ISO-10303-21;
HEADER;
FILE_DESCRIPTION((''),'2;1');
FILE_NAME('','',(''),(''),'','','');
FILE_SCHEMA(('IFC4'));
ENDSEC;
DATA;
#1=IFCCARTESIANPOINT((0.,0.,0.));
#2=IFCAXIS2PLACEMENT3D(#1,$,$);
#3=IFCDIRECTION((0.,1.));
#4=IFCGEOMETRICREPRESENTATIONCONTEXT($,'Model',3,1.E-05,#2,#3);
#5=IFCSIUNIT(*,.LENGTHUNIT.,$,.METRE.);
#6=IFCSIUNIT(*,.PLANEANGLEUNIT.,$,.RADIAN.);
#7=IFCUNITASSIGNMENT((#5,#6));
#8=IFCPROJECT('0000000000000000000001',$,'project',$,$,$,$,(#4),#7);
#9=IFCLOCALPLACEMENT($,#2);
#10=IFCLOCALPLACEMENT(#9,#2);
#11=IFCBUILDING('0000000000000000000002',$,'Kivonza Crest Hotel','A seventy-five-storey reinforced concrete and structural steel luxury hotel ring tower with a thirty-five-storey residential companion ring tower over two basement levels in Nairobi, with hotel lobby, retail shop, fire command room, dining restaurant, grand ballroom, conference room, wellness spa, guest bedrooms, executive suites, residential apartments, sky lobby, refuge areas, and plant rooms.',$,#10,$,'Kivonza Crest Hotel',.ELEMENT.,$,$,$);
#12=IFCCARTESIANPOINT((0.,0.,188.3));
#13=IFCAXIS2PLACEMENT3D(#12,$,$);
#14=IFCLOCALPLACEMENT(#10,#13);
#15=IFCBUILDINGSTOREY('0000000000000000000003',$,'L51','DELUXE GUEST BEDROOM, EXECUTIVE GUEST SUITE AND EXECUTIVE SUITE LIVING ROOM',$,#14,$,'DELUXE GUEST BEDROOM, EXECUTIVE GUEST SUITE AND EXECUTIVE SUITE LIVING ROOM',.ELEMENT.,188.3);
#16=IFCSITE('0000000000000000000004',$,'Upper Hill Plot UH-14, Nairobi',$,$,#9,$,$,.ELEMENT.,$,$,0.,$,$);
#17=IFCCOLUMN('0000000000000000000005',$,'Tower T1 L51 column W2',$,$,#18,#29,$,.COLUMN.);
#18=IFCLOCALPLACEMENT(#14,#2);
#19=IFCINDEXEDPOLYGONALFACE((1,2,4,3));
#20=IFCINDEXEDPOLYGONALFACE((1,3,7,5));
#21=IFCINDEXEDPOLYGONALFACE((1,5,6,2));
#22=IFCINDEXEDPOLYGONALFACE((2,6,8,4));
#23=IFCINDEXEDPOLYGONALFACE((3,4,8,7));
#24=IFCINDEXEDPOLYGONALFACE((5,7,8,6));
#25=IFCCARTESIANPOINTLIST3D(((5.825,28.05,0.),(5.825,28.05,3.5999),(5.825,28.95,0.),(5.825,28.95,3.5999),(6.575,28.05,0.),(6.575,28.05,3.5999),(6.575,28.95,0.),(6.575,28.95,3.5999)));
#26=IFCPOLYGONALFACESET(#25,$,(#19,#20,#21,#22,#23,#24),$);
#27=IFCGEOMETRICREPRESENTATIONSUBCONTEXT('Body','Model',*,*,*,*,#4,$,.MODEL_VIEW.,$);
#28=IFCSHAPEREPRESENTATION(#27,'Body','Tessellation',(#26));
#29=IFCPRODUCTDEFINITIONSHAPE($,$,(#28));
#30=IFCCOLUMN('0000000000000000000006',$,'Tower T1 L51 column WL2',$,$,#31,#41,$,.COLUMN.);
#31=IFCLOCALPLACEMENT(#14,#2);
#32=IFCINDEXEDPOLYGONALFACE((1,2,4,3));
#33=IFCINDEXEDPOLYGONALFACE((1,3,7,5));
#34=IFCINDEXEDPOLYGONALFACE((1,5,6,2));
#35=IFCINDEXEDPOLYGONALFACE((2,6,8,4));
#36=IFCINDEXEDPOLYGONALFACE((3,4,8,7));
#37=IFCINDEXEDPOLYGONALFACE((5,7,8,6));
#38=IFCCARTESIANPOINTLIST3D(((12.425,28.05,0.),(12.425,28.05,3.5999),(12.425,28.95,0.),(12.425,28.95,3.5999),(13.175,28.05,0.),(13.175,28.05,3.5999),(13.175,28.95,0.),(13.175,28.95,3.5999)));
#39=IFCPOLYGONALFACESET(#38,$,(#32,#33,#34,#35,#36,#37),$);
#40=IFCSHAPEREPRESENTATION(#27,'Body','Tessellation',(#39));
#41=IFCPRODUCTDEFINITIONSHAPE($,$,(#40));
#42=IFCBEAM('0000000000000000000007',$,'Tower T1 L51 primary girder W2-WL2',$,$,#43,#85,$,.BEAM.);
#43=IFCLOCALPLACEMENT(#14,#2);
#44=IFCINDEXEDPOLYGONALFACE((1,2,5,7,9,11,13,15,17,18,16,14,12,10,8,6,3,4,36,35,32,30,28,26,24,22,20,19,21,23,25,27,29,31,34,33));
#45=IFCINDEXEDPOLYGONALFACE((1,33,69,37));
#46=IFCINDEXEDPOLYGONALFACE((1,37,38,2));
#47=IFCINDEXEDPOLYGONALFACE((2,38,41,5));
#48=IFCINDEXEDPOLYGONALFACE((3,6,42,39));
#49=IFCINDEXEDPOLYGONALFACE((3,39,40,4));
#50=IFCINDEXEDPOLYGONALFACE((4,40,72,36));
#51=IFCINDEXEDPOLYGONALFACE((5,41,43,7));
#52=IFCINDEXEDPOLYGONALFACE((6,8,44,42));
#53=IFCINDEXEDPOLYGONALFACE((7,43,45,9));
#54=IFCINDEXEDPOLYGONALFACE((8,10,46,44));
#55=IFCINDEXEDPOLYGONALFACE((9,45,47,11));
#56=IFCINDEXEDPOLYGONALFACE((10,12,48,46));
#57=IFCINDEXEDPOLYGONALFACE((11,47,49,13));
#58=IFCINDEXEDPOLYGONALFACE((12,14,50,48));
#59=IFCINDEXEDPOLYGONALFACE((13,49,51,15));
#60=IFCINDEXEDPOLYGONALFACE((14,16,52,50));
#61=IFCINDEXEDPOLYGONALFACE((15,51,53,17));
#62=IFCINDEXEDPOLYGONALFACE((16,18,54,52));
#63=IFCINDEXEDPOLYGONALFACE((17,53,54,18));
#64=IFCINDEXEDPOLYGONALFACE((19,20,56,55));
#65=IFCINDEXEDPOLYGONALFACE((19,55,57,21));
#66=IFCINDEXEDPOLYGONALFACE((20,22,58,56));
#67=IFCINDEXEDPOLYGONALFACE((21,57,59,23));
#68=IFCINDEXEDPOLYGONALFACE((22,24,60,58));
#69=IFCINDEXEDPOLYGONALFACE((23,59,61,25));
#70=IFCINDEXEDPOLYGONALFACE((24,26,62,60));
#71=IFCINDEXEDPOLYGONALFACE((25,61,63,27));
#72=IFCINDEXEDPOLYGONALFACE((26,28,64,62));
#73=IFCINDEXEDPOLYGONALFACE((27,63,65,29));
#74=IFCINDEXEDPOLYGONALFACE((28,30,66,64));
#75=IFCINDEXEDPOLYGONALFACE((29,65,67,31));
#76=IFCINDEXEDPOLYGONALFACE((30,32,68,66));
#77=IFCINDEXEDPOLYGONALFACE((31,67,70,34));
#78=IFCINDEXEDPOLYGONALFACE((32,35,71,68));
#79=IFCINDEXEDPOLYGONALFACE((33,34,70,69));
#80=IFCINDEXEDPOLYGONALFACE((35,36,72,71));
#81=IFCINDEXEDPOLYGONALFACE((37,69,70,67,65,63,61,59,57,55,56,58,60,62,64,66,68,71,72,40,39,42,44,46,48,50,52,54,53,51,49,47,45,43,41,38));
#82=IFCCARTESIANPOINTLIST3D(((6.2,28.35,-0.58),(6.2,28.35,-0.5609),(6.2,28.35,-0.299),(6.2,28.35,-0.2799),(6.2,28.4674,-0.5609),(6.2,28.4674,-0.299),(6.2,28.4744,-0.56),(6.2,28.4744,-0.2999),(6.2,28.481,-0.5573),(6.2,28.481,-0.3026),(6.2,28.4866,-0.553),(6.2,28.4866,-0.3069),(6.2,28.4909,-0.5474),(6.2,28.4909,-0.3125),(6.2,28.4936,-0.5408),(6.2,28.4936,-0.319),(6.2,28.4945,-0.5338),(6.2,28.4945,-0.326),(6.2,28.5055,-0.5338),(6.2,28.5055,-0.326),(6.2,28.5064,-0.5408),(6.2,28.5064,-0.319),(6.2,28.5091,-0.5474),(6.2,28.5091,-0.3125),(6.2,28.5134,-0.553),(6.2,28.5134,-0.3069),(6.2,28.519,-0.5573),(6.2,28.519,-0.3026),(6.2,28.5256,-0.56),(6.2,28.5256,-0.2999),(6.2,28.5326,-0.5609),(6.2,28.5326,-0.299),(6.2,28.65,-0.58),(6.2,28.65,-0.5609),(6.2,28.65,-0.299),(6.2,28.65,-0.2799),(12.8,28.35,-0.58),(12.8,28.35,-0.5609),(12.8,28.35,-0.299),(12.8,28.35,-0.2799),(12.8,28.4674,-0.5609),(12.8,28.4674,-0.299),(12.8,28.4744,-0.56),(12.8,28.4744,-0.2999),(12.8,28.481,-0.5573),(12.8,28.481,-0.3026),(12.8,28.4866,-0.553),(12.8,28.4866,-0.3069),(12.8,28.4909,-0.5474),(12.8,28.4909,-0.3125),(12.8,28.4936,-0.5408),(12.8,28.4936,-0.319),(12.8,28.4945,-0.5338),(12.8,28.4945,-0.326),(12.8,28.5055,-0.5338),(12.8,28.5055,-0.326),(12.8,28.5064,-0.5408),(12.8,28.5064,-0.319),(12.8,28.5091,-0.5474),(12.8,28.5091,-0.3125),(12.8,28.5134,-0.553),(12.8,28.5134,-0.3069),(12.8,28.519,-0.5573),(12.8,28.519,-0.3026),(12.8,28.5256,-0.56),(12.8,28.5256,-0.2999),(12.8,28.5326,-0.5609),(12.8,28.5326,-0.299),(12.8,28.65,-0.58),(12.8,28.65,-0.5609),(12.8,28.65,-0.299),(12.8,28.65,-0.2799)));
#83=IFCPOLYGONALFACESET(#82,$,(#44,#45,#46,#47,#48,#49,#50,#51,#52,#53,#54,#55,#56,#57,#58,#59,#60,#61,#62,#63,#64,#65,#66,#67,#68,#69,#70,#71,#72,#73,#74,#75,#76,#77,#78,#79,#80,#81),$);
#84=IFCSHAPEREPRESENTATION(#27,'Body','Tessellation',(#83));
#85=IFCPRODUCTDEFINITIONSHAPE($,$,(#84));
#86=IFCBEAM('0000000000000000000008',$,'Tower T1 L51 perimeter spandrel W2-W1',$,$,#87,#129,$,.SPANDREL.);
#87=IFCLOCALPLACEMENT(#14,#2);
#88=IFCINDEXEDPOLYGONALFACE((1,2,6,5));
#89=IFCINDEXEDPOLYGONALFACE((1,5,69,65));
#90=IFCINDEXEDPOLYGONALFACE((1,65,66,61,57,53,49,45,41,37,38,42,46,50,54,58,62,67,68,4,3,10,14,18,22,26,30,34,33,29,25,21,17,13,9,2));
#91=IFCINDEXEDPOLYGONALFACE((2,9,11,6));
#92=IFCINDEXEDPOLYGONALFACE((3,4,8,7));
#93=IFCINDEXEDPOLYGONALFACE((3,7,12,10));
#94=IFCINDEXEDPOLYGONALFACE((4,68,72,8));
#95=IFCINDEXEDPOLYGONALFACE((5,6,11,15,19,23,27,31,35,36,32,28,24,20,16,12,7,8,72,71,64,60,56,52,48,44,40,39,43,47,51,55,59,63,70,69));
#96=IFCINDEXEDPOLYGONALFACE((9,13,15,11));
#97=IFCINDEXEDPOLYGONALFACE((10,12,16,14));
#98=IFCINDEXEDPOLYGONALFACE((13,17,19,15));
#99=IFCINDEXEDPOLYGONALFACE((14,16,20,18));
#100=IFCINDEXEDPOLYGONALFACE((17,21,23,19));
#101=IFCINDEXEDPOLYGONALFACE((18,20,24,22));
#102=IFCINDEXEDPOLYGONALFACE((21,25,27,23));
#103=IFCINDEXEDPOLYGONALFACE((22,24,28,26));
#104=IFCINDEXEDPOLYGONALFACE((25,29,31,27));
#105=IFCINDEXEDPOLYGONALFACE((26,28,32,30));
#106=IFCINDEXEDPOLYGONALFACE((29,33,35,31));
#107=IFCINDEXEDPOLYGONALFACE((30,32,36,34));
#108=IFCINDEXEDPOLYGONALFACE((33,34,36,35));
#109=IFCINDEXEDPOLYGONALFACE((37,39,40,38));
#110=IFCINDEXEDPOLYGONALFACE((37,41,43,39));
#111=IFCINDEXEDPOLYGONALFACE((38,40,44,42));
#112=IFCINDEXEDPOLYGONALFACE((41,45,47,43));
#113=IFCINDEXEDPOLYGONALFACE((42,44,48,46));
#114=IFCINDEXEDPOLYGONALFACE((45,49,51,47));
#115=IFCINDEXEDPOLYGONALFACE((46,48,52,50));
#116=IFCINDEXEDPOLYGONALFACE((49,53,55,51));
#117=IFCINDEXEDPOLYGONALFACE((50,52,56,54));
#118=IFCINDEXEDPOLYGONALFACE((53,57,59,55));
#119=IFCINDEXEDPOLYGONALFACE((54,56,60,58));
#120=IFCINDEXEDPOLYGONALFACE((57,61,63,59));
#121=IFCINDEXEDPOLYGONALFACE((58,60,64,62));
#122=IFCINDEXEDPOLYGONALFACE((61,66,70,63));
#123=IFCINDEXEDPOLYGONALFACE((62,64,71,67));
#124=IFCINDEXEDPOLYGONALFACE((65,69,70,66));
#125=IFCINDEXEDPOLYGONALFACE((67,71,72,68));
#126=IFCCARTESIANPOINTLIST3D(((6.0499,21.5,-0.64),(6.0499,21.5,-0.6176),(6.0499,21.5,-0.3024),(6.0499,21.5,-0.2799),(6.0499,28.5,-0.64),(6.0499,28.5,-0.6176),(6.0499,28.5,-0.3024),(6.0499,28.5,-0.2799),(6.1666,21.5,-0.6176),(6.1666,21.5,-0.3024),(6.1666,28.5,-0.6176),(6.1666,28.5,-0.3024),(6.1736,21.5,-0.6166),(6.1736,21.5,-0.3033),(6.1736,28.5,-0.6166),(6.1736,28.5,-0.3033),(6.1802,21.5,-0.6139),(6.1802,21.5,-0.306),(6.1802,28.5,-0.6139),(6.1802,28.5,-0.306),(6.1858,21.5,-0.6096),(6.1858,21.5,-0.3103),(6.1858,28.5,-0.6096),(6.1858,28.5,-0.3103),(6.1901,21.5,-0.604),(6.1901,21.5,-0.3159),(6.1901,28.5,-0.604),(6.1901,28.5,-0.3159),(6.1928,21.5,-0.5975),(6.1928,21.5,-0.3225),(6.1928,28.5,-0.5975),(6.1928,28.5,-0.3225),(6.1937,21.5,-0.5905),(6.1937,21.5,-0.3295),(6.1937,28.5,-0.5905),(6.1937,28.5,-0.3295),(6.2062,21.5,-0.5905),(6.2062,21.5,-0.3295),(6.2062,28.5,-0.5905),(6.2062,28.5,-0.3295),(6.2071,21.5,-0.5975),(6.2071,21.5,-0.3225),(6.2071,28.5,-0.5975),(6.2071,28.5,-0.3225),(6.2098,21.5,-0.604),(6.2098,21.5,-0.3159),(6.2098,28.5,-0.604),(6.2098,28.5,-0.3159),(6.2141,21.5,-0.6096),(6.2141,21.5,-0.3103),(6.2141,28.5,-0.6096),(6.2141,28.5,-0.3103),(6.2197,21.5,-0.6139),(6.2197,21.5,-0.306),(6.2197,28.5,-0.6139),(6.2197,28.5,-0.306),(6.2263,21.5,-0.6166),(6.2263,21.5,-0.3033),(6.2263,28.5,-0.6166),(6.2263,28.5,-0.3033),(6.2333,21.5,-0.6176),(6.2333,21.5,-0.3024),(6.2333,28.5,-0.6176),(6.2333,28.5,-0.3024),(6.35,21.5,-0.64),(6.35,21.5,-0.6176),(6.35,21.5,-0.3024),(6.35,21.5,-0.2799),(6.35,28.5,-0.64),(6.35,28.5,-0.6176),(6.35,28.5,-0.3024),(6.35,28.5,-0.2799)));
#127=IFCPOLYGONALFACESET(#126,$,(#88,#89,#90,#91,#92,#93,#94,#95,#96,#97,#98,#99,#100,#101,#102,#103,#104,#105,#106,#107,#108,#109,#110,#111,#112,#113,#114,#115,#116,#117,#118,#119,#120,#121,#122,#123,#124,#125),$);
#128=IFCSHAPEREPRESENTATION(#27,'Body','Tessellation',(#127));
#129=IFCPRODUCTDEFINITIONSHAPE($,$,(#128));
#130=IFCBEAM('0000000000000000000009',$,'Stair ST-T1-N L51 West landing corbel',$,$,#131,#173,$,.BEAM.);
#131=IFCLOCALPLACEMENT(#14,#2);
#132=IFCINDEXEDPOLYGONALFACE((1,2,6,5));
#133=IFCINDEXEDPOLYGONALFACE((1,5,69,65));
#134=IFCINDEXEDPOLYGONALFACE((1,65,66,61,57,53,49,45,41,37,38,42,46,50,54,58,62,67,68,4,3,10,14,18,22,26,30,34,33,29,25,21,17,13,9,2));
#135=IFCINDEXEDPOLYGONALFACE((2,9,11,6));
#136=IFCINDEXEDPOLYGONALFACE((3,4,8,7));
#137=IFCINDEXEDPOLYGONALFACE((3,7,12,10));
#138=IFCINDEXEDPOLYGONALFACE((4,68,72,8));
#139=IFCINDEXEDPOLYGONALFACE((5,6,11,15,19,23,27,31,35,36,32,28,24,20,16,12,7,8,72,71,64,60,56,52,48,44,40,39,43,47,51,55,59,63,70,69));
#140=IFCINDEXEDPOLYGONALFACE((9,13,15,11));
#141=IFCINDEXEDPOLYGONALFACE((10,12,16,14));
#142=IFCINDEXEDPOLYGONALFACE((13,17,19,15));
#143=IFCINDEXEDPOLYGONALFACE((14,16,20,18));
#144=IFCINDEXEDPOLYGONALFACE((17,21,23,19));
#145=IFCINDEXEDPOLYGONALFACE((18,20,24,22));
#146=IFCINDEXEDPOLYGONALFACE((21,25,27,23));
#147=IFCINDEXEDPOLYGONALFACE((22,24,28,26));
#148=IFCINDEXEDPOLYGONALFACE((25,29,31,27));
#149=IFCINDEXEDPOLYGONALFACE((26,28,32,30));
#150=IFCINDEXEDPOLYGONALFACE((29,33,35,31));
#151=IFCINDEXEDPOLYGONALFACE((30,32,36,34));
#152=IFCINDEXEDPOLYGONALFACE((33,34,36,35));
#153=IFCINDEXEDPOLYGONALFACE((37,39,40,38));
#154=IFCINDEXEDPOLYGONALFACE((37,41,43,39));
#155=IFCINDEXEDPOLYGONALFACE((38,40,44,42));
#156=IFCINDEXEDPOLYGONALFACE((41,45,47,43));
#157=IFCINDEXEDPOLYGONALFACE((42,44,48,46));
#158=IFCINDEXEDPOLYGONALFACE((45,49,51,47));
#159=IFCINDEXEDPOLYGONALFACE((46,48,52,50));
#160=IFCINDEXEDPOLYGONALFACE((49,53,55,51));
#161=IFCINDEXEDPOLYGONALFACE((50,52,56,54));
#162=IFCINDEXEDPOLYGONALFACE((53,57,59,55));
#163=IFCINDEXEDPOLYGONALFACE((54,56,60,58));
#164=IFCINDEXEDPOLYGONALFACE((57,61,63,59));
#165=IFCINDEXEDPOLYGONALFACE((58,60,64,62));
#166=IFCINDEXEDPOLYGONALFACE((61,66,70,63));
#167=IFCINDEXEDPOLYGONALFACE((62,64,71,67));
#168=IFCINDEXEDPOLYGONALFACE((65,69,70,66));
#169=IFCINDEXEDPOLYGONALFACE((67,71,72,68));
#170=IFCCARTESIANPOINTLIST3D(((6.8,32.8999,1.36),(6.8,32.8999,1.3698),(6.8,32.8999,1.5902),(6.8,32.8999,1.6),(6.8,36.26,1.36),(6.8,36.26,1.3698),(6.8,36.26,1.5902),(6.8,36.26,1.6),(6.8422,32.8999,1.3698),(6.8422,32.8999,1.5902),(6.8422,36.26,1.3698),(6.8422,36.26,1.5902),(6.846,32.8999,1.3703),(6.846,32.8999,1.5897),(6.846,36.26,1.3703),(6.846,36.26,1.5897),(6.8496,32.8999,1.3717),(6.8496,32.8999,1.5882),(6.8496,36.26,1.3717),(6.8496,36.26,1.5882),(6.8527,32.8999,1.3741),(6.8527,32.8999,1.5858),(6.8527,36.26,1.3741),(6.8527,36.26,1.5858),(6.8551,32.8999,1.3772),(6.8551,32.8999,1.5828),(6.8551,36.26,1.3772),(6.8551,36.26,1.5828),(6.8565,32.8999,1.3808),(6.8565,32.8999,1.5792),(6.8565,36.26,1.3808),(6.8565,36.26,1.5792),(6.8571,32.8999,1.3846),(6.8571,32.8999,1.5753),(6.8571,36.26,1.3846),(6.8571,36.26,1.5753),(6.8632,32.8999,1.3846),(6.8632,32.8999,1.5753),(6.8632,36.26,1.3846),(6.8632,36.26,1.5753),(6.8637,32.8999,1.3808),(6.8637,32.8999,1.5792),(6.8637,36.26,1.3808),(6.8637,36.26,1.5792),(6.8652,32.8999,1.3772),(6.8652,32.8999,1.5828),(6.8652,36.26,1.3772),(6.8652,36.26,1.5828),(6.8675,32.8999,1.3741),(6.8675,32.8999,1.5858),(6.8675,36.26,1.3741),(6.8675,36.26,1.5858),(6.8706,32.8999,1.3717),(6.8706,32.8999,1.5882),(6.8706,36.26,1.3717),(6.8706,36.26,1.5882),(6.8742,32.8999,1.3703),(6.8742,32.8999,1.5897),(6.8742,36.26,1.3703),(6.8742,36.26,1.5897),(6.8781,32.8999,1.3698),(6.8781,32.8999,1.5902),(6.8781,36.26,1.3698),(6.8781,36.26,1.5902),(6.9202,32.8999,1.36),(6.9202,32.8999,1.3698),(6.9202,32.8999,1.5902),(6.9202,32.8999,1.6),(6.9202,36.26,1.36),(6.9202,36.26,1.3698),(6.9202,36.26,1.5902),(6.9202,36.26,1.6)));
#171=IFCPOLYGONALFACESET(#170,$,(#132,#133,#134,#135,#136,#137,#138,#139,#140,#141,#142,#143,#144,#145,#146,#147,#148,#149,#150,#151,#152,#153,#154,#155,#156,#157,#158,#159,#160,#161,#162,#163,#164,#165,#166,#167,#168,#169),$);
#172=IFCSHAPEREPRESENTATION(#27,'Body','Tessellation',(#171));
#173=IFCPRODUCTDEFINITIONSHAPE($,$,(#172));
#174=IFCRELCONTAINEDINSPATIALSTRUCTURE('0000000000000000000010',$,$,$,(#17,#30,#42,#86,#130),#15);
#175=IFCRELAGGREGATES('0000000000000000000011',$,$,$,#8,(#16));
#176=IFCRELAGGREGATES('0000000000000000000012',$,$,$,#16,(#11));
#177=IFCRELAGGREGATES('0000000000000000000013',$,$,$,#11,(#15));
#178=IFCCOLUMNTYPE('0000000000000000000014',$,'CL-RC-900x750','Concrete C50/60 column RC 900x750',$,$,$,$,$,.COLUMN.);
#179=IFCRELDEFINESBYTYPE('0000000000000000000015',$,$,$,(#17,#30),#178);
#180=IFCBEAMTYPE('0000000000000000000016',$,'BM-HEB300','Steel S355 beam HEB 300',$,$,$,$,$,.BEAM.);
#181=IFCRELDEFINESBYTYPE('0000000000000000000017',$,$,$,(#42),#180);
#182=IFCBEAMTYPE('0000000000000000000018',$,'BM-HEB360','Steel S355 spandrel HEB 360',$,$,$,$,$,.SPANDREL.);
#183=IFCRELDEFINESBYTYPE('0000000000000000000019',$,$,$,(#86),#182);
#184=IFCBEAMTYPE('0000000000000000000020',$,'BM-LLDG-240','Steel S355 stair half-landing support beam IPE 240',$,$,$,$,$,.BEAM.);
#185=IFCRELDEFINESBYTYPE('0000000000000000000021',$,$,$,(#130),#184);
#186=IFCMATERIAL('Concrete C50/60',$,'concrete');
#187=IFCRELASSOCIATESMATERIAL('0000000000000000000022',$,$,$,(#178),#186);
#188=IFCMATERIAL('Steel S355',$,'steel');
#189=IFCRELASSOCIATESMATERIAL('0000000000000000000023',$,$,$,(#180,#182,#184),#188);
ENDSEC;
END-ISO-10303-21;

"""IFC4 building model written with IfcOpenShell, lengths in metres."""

from ifc_helpers import new_model, si_unit, direction, frame, origin, origin_2d, place, context, subcontext, project, spatial, rectangle, i_section, extrude, material, material_profile, profile_set, type_object, element, save


model = new_model("IFC4")

# Units and contexts
model_context = context("Model", 3, precision=1e-05, world=origin(), true_north=direction((0.0, 1.0)))
body_context = subcontext(model_context, "Body", "Model", "MODEL_VIEW")
ifc_project = project(units=[si_unit("LENGTHUNIT", "METRE"), si_unit("PLANEANGLEUNIT", "RADIAN")], contexts=[model_context])

# Site, building, storey
site_placement = place(None, origin())
site = spatial("IfcSite", under=ifc_project, at=site_placement, Name="Upper Hill Plot UH-14, Nairobi", CompositionType="ELEMENT", RefElevation=0.0)
building_placement = place(site_placement, origin())
building = spatial("IfcBuilding", under=site, at=building_placement, Name="Kivonza Crest Hotel", Description="A seventy-five-storey reinforced concrete and structural steel luxury hotel ring tower with a thirty-five-storey residential companion ring tower over two basement levels in Nairobi, with hotel lobby, retail shop, fire command room, dining restaurant, grand ballroom, conference room, wellness spa, guest bedrooms, executive suites, residential apartments, sky lobby, refuge areas, and plant rooms.", LongName="Kivonza Crest Hotel", CompositionType="ELEMENT")
storey_placement = place(building_placement, frame((0.0, 0.0, 188.3)))
storey = spatial("IfcBuildingStorey", under=building, at=storey_placement, Name="L51", Description="DELUXE GUEST BEDROOM, EXECUTIVE GUEST SUITE AND EXECUTIVE SUITE LIVING ROOM", LongName="DELUXE GUEST BEDROOM, EXECUTIVE GUEST SUITE AND EXECUTIVE SUITE LIVING ROOM", CompositionType="ELEMENT", Elevation=188.3)

# Columns
ifc_material_1 = material(Name="Concrete C50/60", Category="concrete")
ifc_material_profile_1 = material_profile(ifc_material_1, rectangle(XDim=0.75, YDim=0.8999, at=origin_2d()), Name="RC 900x750")
ifc_profile_set_1 = profile_set([ifc_material_profile_1], Name="Concrete C50/60")
column_type = type_object("IfcColumnType", Name="CL-RC-900x750", Description="Concrete C50/60 column RC 900x750", PredefinedType="COLUMN", material=ifc_profile_set_1)
for number, where, z_axis, x_axis, name in (
    (1, (6.2, 28.5, 0.0), (0.0, 0.0, 1.0), (1.0, 0.0, 0.0), "Tower T1 L51 column W2"),
    (2, (12.8, 28.5, 0.0), (0.0, 0.0, 1.0), (1.0, 0.0, 0.0), "Tower T1 L51 column WL2"),
):
    element("IfcColumn", number, at=place(storey_placement, frame(where, z_axis=z_axis, x_axis=x_axis)), inside=storey, type_object=column_type, Name=name, PredefinedType="COLUMN", context=body_context, shape_type="SweptSolid", body=[
        extrude(rectangle(XDim=0.75, YDim=0.8999, at=origin_2d()), origin(), (0.0, 0.0, 1.0), 3.5999),
    ])

# Beams
ifc_material_2 = material(Name="Steel S355", Category="steel")
ifc_material_profile_2 = material_profile(ifc_material_2, i_section(OverallWidth=0.3, OverallDepth=0.3, WebThickness=0.011, FlangeThickness=0.019, FilletRadius=0.0271, at=origin_2d()), Name="HEB 300")
ifc_profile_set_2 = profile_set([ifc_material_profile_2], Name="Steel S355")
beam_type_1 = type_object("IfcBeamType", Name="BM-HEB300", Description="Steel S355 beam HEB 300", PredefinedType="BEAM", material=ifc_profile_set_2)
beam_1_placement = place(storey_placement, frame((6.2, 28.5, -0.4299), z_axis=(1.0, 0.0, 0.0), x_axis=(0.0, 1.0, 0.0)))
element("IfcBeam", 3, at=beam_1_placement, inside=storey, type_object=beam_type_1, Name="Tower T1 L51 primary girder W2-WL2", PredefinedType="BEAM", context=body_context, shape_type="SweptSolid", body=[
    extrude(i_section(OverallWidth=0.3, OverallDepth=0.3, WebThickness=0.011, FlangeThickness=0.019, FilletRadius=0.0271, at=origin_2d()), origin(), (0.0, 0.0, 1.0), 6.6001),
])
ifc_material_profile_3 = material_profile(ifc_material_2, i_section(OverallWidth=0.3, OverallDepth=0.3601, WebThickness=0.0125, FlangeThickness=0.0225, FilletRadius=0.0271, at=origin_2d()), Name="HEB 360")
ifc_profile_set_3 = profile_set([ifc_material_profile_3], Name="Steel S355")
beam_type_2 = type_object("IfcBeamType", Name="BM-HEB360", Description="Steel S355 spandrel HEB 360", PredefinedType="SPANDREL", material=ifc_profile_set_3)
beam_2_placement = place(storey_placement, frame((6.2, 28.5, -0.46), z_axis=(0.0, -1.0, 0.0), x_axis=(1.0, 0.0, 0.0)))
element("IfcBeam", 4, at=beam_2_placement, inside=storey, type_object=beam_type_2, Name="Tower T1 L51 perimeter spandrel W2-W1", PredefinedType="SPANDREL", context=body_context, shape_type="SweptSolid", body=[
    extrude(i_section(OverallWidth=0.3, OverallDepth=0.3601, WebThickness=0.0125, FlangeThickness=0.0225, FilletRadius=0.0271, at=origin_2d()), origin(), (0.0, 0.0, 1.0), 7.0),
])
ifc_material_profile_4 = material_profile(ifc_material_2, i_section(OverallWidth=0.1201, OverallDepth=0.24, WebThickness=0.0061, FlangeThickness=0.0098, FilletRadius=0.0149, at=origin_2d()), Name="IPE 240")
ifc_profile_set_4 = profile_set([ifc_material_profile_4], Name="Steel S355")
beam_type_3 = type_object("IfcBeamType", Name="BM-LLDG-240", Description="Steel S355 stair half-landing support beam IPE 240", PredefinedType="BEAM", material=ifc_profile_set_4)
beam_3_placement = place(storey_placement, frame((6.8601, 32.8999, 1.48), z_axis=(0.0, 1.0, 0.0), x_axis=(-1.0, 0.0, 0.0)))
element("IfcBeam", 5, at=beam_3_placement, inside=storey, type_object=beam_type_3, Name="Stair ST-T1-N L51 West landing corbel", PredefinedType="BEAM", context=body_context, shape_type="SweptSolid", body=[
    extrude(i_section(OverallWidth=0.1201, OverallDepth=0.24, WebThickness=0.0061, FlangeThickness=0.0098, FilletRadius=0.0149, at=origin_2d()), origin(), (0.0, 0.0, 1.0), 3.3601),
])

save(model, "model.ifc")
